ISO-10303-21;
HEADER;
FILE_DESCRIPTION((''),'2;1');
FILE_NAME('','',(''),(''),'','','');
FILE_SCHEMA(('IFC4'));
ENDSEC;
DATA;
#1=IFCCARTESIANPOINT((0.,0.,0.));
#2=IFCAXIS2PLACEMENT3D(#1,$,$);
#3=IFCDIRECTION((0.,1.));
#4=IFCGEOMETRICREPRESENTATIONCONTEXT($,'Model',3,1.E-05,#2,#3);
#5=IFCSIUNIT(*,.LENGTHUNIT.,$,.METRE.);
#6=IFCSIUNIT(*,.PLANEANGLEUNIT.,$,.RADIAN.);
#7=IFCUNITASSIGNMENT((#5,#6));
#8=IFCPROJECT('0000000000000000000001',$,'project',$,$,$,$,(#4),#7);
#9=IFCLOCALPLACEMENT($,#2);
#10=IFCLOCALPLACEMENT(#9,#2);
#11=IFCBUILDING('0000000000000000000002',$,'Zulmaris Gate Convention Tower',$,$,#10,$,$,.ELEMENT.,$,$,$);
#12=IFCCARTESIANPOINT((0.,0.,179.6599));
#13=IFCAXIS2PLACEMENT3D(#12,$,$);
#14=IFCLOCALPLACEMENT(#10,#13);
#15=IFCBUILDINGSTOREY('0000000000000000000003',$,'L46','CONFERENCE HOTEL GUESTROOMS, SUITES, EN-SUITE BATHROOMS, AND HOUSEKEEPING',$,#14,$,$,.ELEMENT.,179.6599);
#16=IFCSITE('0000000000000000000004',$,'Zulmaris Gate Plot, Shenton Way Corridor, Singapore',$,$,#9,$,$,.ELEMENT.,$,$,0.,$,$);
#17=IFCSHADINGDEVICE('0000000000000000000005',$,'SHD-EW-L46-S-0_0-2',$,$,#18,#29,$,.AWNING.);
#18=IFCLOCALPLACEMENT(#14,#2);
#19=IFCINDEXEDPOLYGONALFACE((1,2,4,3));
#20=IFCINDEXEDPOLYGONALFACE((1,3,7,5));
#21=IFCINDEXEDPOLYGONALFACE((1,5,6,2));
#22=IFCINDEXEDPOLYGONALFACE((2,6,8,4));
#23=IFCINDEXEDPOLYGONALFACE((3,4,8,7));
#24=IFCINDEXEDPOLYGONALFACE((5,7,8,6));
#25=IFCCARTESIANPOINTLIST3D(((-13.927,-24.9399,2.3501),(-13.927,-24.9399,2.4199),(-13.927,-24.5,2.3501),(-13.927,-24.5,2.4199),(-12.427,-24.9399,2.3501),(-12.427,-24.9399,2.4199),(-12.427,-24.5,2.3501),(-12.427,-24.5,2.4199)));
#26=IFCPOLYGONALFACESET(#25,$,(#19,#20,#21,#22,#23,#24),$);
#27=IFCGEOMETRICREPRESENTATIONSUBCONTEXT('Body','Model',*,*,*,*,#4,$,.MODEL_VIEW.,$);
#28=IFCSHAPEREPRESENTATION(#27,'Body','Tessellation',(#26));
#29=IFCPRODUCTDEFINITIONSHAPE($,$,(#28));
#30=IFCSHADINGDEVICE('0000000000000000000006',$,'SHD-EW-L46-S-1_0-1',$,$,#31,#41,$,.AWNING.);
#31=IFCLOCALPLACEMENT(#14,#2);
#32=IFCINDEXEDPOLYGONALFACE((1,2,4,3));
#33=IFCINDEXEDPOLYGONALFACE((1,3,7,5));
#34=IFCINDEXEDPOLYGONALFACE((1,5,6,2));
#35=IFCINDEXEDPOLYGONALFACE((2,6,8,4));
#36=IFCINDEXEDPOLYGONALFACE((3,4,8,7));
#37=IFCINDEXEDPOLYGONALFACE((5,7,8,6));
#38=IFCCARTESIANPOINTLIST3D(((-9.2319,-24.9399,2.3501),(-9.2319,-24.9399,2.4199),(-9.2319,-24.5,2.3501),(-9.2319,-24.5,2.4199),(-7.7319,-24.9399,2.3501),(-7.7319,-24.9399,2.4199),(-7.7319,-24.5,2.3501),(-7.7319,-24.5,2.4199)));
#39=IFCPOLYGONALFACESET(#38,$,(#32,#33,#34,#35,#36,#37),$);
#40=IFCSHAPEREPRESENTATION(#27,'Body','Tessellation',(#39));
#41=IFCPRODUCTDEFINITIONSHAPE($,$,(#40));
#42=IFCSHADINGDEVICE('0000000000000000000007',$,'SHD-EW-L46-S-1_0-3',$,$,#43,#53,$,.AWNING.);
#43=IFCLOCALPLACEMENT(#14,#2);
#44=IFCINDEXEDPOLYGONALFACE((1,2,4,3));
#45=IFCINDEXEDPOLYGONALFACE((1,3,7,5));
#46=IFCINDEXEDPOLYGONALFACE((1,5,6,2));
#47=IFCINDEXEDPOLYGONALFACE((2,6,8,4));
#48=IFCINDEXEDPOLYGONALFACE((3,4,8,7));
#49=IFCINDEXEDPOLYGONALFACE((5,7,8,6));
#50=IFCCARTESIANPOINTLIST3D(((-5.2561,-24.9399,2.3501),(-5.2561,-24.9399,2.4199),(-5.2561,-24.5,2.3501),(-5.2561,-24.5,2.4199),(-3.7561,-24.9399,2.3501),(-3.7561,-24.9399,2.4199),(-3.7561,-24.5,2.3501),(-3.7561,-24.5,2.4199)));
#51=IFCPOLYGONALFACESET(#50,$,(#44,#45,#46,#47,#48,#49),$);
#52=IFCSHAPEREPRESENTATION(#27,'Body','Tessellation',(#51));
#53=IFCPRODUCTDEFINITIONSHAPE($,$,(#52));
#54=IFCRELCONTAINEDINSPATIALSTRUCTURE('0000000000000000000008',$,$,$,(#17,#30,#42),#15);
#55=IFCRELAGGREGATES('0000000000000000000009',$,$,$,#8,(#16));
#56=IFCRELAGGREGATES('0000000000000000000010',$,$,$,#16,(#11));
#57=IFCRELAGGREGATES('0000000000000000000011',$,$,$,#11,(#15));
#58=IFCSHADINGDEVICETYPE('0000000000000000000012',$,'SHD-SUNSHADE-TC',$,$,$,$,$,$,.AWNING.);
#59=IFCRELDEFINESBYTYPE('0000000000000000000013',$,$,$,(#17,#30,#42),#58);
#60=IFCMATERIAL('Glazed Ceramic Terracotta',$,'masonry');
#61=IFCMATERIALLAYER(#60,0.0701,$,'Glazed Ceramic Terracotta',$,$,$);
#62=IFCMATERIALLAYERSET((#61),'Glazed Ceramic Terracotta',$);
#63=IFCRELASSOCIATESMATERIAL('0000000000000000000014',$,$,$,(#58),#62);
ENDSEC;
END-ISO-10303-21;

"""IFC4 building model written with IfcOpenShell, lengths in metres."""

from ifc_helpers import new_model, si_unit, direction, frame, frame_2d, origin, place, context, subcontext, project, spatial, rectangle, extrude, material, layer, layer_set, type_object, element, save


model = new_model("IFC4")

# Units and contexts
model_context = context("Model", 3, precision=1e-05, world=origin(), true_north=direction((0.0, 1.0)))
body_context = subcontext(model_context, "Body", "Model", "MODEL_VIEW")
ifc_project = project(units=[si_unit("LENGTHUNIT", "METRE"), si_unit("PLANEANGLEUNIT", "RADIAN")], contexts=[model_context])

# Site, building, storey
site_placement = place(None, origin())
site = spatial("IfcSite", under=ifc_project, at=site_placement, Name="Zulmaris Gate Plot, Shenton Way Corridor, Singapore", CompositionType="ELEMENT", RefElevation=0.0)
building_placement = place(site_placement, origin())
building = spatial("IfcBuilding", under=site, at=building_placement, Name="Zulmaris Gate Convention Tower", CompositionType="ELEMENT")
storey_placement = place(building_placement, frame((0.0, 0.0, 179.6599)))
storey = spatial("IfcBuildingStorey", under=building, at=storey_placement, Name="L46", Description="CONFERENCE HOTEL GUESTROOMS, SUITES, EN-SUITE BATHROOMS, AND HOUSEKEEPING", CompositionType="ELEMENT", Elevation=179.6599)

# Shading devices
ifc_material_1 = material(Name="Glazed Ceramic Terracotta", Category="masonry")
ifc_layer_1 = layer(ifc_material_1, 0.0701, Name="Glazed Ceramic Terracotta")
ifc_layer_set_1 = layer_set([ifc_layer_1], Name="Glazed Ceramic Terracotta")
shading_device_type = type_object("IfcShadingDeviceType", Name="SHD-SUNSHADE-TC", PredefinedType="AWNING", material=ifc_layer_set_1)
for number, where, z_axis, x_axis, name in (
    (1, (-13.927, -24.72, 2.3501), (0.0, 0.0, 1.0), (1.0, 0.0, 0.0), "SHD-EW-L46-S-0_0-2"),
    (2, (-9.2319, -24.72, 2.3501), (0.0, 0.0, 1.0), (1.0, 0.0, 0.0), "SHD-EW-L46-S-1_0-1"),
    (3, (-5.2561, -24.72, 2.3501), (0.0, 0.0, 1.0), (1.0, 0.0, 0.0), "SHD-EW-L46-S-1_0-3"),
):
    element("IfcShadingDevice", number, at=place(storey_placement, frame(where, z_axis=z_axis, x_axis=x_axis)), inside=storey, type_object=shading_device_type, Name=name, PredefinedType="AWNING", context=body_context, shape_type="SweptSolid", body=[
        extrude(rectangle(XDim=1.5, YDim=0.4399, at=frame_2d((0.75, 0.0))), origin(), (0.0, 0.0, 1.0), 0.0698),
    ])

save(model, "model.ifc")
